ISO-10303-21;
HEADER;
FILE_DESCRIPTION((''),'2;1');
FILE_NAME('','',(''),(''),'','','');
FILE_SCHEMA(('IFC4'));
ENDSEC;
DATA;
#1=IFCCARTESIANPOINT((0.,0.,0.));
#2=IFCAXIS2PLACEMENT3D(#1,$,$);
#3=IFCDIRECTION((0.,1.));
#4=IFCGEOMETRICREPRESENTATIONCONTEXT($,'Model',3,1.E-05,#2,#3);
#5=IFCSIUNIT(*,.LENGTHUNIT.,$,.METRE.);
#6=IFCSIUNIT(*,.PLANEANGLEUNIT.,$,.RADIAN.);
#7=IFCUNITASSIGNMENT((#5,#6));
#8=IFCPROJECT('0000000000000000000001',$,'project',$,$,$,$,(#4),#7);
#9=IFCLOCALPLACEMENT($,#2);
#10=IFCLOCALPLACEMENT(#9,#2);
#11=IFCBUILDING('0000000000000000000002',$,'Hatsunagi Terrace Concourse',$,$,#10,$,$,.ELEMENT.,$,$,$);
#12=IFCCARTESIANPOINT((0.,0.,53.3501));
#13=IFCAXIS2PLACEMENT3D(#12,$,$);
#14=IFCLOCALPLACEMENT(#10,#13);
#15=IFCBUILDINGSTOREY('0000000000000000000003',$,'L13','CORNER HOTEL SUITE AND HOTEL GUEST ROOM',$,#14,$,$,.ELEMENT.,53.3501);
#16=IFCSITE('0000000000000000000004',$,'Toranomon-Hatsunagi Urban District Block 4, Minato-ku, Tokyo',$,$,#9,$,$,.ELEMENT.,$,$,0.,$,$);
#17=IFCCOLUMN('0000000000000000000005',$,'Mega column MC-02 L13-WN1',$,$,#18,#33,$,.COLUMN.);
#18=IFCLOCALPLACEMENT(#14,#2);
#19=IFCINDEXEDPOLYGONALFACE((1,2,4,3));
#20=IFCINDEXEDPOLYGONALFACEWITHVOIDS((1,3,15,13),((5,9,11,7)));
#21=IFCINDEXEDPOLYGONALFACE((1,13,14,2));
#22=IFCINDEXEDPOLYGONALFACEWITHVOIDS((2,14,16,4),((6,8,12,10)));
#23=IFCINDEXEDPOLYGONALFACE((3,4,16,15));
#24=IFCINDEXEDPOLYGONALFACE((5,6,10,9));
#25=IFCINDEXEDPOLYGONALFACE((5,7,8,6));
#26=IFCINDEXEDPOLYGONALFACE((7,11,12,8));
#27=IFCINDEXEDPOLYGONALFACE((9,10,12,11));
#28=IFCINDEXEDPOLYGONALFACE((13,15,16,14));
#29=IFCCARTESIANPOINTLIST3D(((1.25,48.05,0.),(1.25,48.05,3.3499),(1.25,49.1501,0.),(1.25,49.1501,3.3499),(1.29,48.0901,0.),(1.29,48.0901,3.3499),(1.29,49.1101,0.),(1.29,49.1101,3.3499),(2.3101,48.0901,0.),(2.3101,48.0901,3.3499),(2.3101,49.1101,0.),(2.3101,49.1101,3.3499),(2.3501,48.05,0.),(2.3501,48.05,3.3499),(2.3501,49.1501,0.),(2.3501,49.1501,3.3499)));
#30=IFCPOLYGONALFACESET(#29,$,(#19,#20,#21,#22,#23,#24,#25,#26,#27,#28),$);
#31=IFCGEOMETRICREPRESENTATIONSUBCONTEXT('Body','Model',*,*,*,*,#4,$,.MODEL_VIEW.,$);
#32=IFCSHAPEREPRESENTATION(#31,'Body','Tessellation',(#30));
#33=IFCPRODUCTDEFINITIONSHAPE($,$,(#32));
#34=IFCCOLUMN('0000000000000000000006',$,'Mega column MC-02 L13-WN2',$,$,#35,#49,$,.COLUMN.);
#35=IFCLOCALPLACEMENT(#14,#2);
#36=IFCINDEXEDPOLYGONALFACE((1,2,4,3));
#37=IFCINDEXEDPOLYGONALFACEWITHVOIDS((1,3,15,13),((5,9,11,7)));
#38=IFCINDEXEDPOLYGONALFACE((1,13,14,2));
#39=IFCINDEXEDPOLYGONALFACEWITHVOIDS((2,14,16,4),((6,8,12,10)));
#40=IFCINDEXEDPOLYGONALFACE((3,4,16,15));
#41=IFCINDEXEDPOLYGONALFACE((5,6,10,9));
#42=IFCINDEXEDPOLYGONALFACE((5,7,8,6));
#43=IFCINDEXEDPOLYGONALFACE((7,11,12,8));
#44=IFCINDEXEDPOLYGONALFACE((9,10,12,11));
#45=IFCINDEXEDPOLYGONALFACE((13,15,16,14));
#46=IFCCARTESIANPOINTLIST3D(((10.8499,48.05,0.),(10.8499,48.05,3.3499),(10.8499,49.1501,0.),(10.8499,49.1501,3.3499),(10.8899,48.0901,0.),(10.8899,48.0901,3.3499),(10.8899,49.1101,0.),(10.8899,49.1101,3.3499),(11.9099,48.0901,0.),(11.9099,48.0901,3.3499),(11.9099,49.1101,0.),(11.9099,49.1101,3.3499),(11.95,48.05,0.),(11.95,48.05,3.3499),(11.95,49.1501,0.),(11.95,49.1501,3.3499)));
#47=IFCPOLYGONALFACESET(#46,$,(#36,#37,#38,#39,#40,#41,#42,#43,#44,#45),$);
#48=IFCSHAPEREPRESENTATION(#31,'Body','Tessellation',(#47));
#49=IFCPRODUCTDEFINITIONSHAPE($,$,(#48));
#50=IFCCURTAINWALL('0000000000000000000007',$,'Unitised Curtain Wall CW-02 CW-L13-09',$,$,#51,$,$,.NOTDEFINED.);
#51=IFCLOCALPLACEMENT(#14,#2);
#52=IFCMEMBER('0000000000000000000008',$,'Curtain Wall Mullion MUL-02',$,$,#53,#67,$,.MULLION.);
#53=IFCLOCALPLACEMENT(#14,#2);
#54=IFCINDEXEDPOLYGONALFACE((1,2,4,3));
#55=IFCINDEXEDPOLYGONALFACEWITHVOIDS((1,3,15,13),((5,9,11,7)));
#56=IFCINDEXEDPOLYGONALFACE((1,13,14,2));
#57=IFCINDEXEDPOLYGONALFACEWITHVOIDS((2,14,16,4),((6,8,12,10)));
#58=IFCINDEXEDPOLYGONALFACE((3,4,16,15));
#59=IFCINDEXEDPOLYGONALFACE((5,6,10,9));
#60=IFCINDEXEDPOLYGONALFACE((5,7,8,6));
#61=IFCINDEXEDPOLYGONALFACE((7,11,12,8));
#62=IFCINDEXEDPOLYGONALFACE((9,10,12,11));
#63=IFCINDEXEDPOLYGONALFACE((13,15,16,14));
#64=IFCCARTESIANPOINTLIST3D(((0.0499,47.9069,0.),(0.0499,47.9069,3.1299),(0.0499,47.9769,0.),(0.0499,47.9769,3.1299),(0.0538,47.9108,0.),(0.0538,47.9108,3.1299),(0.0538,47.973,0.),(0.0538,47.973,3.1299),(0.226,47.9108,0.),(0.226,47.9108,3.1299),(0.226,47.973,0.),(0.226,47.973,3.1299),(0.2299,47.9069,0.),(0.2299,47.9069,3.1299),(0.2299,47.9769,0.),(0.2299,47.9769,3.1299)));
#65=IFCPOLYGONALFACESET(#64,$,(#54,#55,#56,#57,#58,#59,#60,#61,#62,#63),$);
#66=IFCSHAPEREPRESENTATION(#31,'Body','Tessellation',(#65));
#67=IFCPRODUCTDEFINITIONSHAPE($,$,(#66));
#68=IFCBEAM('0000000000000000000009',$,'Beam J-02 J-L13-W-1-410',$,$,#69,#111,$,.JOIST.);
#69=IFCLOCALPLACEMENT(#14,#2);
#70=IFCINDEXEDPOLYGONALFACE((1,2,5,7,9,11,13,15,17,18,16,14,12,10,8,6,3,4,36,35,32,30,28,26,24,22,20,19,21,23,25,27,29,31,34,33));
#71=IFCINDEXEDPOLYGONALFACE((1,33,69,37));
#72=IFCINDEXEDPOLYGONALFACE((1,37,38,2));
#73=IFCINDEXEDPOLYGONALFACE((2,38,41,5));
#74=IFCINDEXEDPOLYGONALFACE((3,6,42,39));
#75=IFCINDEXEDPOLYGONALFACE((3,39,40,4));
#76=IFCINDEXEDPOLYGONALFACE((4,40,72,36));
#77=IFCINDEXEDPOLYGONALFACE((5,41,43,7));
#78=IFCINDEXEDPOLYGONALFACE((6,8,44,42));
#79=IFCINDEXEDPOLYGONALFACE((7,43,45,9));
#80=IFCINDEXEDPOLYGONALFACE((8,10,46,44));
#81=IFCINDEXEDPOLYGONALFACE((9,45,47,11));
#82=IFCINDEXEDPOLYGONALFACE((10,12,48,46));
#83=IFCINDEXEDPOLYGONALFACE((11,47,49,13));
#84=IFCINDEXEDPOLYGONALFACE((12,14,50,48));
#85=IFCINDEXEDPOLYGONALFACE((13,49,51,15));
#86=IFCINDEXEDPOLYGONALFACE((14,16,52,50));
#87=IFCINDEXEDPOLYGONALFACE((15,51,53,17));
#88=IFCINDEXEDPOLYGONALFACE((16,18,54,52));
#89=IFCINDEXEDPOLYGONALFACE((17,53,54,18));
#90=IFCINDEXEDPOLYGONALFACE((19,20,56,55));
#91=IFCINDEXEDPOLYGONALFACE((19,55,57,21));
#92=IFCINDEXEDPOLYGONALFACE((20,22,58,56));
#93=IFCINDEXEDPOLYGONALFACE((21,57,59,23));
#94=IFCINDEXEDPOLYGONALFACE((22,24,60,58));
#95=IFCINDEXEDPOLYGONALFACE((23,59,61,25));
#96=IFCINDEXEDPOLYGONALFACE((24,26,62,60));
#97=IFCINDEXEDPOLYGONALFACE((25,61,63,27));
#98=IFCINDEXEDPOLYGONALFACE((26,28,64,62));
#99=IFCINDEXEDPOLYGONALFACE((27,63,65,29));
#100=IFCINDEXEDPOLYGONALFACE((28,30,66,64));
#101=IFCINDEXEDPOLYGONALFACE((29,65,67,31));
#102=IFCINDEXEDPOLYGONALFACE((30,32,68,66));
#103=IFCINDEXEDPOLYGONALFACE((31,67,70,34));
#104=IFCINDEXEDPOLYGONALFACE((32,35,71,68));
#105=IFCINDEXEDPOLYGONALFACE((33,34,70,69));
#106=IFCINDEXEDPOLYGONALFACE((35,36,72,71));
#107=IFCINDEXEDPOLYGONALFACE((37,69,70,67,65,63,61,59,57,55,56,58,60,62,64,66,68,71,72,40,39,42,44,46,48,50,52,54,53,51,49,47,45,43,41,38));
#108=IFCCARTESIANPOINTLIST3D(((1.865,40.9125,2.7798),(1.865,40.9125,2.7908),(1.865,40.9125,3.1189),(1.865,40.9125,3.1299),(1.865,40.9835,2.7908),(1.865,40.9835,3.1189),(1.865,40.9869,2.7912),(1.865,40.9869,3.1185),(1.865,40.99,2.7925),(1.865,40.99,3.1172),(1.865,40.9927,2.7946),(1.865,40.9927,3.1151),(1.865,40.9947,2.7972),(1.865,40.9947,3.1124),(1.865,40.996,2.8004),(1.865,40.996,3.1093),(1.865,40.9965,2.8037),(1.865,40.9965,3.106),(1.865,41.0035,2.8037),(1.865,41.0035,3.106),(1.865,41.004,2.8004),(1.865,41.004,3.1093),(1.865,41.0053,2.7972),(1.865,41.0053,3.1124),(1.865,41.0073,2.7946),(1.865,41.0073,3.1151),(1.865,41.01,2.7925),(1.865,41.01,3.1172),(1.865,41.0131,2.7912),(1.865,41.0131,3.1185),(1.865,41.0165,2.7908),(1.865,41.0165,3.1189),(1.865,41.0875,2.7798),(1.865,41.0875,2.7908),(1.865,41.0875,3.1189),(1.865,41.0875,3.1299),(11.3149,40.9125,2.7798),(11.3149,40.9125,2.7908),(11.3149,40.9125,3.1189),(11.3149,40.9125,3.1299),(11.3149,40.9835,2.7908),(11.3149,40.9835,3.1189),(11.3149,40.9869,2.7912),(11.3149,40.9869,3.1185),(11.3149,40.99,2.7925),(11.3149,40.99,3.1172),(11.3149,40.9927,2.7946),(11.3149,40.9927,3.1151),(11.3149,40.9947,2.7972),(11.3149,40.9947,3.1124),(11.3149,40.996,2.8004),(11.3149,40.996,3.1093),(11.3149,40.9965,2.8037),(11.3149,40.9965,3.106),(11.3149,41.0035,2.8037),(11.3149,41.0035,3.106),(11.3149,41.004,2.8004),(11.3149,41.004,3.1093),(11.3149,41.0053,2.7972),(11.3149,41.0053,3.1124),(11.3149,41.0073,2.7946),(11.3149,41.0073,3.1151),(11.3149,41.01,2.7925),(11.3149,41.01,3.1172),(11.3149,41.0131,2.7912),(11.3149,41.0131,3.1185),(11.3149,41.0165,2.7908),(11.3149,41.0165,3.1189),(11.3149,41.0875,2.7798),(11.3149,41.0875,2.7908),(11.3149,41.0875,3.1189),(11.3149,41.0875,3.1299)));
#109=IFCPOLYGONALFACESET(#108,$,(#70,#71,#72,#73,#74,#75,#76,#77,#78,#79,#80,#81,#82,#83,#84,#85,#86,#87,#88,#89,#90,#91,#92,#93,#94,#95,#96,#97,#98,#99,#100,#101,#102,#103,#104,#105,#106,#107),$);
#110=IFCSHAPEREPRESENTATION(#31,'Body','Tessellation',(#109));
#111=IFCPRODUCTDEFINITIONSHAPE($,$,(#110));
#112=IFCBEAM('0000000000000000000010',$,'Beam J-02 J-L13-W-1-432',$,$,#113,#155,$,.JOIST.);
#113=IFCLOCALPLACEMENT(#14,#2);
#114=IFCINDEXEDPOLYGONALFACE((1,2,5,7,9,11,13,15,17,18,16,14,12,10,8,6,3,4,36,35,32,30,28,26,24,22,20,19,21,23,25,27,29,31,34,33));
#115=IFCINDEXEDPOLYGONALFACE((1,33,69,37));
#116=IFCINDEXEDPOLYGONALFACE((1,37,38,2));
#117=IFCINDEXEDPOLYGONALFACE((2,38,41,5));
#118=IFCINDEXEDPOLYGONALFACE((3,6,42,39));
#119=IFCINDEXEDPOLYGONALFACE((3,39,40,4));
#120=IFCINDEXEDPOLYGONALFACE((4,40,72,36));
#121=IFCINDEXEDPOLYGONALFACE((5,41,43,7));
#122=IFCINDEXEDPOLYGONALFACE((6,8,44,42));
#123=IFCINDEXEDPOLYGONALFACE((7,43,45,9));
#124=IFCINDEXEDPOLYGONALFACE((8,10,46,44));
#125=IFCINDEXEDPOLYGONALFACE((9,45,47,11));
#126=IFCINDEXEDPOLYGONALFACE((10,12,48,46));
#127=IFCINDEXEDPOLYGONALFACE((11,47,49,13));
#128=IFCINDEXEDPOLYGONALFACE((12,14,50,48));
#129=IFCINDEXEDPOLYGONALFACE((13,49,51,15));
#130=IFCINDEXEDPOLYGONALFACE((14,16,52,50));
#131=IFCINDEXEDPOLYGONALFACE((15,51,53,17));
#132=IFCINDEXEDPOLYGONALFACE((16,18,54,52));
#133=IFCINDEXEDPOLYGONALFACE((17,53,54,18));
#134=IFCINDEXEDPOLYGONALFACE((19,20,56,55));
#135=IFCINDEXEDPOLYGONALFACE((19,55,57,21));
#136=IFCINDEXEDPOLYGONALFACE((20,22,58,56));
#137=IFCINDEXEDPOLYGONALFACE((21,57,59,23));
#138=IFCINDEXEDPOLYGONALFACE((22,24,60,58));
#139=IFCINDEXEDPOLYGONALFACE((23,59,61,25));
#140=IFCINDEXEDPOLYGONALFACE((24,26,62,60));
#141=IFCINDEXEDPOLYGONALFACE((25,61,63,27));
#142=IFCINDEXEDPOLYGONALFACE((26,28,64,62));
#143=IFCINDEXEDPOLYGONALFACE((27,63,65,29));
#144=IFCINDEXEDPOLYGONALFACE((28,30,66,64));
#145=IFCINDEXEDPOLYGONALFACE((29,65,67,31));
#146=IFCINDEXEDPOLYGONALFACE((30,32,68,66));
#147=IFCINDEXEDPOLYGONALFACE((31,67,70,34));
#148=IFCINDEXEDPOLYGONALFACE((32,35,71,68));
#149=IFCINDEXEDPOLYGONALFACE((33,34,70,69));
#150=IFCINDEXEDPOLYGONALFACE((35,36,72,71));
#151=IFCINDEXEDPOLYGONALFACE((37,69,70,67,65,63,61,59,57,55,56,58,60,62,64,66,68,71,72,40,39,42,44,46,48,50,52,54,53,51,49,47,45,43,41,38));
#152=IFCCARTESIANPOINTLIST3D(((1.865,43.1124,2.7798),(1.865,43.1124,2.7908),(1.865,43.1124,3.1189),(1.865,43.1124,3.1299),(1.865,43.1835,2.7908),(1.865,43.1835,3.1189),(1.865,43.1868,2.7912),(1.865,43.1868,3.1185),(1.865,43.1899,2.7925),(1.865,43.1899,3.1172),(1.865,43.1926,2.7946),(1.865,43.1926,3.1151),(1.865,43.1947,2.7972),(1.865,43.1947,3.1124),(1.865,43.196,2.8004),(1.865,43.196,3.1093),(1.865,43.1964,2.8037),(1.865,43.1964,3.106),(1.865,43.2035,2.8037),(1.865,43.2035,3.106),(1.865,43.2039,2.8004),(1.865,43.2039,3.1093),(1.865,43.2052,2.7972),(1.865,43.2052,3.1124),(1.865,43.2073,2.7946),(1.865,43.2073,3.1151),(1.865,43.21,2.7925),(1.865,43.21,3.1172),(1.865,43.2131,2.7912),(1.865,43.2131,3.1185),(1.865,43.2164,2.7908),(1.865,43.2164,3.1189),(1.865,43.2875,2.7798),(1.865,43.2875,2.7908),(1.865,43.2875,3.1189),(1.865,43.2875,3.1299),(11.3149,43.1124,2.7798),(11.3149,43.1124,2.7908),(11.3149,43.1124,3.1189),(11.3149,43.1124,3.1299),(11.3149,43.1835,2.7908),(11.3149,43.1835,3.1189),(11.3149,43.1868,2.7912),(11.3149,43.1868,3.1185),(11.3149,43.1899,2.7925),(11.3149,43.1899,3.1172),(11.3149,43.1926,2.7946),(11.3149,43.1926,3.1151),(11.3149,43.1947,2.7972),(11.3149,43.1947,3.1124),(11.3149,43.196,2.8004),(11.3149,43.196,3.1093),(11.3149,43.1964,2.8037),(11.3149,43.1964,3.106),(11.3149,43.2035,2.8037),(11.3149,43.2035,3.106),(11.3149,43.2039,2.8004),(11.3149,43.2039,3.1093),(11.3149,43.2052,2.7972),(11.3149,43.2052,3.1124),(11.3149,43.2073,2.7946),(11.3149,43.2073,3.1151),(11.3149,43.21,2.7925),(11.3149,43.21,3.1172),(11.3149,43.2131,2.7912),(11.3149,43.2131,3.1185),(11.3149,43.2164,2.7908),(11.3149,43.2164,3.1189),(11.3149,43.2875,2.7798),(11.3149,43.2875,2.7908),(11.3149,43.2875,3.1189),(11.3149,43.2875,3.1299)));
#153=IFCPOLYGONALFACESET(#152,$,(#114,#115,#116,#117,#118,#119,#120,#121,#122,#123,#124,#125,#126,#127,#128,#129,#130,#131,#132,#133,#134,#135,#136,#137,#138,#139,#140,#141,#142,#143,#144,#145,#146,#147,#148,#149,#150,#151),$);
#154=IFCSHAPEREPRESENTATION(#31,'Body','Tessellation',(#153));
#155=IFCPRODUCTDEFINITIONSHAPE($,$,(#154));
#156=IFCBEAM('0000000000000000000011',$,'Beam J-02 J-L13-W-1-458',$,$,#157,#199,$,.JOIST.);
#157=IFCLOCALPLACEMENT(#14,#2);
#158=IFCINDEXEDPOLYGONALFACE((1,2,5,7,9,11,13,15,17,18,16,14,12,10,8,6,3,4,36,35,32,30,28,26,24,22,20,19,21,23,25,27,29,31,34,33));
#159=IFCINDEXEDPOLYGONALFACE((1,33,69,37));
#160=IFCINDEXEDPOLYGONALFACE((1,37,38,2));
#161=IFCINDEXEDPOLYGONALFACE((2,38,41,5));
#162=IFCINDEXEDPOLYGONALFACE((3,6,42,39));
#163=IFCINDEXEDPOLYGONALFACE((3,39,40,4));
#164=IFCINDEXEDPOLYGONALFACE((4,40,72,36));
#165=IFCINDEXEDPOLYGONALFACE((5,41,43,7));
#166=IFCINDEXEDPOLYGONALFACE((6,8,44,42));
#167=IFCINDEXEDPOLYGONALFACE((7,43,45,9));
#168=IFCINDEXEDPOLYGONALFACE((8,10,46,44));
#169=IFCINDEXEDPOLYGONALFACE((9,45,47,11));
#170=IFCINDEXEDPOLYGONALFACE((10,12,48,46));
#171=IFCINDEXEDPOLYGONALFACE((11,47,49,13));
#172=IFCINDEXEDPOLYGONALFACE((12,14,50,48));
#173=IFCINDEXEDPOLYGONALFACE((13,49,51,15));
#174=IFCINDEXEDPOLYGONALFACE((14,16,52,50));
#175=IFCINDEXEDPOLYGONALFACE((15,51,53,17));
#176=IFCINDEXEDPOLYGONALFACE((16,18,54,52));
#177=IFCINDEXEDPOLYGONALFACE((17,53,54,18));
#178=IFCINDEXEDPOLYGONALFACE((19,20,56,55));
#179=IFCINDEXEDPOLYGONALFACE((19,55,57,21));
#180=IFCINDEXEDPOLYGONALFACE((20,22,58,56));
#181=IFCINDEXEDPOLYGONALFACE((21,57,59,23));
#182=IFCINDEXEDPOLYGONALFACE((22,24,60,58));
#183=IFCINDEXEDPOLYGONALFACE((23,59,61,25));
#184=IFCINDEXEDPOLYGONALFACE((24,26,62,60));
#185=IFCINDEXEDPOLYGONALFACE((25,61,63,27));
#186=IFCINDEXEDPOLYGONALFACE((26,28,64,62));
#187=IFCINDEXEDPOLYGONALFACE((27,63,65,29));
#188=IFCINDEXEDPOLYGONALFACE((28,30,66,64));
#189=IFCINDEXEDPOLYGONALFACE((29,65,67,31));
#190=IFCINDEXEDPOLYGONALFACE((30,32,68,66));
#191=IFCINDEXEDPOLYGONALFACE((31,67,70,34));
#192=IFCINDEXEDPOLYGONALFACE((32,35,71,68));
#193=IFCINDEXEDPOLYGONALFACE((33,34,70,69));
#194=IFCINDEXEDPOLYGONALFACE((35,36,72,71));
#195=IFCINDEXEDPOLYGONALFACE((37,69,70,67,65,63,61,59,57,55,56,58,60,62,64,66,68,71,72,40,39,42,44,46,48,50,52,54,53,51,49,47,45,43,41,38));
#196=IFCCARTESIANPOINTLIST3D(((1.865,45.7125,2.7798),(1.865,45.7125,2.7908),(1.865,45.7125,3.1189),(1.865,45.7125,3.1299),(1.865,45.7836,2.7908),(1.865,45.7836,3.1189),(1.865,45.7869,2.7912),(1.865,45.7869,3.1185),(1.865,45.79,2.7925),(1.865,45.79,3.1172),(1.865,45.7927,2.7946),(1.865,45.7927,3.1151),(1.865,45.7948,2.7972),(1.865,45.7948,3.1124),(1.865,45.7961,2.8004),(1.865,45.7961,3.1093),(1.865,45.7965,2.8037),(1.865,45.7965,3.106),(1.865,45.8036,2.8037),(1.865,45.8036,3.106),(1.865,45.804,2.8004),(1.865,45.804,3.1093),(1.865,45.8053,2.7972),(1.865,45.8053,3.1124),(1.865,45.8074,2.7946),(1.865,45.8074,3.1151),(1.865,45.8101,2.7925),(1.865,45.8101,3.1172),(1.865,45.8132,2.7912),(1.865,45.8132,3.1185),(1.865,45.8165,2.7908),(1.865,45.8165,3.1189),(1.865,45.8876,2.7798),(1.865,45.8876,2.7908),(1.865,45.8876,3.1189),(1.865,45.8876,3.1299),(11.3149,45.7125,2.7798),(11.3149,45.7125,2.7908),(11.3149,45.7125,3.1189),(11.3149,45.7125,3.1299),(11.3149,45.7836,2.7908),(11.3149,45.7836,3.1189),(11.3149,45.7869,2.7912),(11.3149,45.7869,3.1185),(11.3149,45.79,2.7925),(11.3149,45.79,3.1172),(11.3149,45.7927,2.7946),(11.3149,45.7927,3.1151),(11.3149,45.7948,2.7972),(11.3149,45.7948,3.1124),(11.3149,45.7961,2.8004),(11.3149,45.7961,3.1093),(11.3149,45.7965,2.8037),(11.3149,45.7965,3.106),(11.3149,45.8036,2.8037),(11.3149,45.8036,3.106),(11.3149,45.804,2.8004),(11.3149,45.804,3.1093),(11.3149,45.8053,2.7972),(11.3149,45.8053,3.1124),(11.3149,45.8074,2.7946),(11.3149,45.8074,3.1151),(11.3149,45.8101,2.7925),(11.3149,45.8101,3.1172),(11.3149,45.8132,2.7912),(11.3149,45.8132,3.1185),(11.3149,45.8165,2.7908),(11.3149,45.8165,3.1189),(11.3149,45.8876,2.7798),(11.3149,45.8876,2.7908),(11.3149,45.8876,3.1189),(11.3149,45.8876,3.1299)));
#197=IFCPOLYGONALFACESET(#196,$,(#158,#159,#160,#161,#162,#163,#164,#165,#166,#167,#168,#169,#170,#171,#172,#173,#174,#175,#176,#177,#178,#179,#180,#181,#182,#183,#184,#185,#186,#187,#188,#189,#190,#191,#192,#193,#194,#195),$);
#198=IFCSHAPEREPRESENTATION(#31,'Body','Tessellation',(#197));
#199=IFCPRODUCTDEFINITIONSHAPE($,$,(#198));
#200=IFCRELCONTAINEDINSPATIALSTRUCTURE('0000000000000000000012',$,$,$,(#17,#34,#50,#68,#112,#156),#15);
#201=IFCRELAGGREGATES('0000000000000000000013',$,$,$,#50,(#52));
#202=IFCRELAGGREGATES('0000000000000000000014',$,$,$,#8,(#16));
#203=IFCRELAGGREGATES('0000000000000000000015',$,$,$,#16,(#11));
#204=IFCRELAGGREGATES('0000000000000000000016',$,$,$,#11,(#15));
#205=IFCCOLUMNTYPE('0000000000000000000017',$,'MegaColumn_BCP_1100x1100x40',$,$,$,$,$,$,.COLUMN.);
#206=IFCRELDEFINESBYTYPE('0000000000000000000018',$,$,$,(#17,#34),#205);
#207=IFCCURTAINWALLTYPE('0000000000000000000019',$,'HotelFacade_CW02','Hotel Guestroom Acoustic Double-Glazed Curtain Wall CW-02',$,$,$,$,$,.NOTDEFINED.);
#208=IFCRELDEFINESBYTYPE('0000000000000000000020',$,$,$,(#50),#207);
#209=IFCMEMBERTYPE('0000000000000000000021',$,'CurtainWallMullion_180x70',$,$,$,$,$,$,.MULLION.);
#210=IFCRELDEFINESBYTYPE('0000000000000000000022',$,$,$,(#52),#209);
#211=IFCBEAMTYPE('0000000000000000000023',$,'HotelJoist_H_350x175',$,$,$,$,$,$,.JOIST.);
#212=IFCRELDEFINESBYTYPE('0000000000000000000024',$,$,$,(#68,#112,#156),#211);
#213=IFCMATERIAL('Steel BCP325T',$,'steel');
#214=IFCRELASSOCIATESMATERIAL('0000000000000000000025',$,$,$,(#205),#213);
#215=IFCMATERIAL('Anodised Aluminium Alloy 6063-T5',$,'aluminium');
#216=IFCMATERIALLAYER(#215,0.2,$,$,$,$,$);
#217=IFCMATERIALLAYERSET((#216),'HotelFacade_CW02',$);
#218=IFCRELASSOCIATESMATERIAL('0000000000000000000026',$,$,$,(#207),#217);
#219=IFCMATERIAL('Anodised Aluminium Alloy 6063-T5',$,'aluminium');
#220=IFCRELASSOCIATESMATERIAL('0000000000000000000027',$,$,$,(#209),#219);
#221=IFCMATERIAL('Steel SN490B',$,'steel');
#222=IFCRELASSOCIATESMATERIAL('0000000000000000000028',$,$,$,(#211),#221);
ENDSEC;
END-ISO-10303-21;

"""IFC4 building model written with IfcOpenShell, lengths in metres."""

from ifc_helpers import new_model, si_unit, direction, frame, origin, origin_2d, place, context, subcontext, project, spatial, hollow_rectangle, i_section, extrude, material, layer, layer_set, material_profile, profile_set, type_object, element, aggregate, save


model = new_model("IFC4")

# Units and contexts
model_context = context("Model", 3, precision=1e-05, world=origin(), true_north=direction((0.0, 1.0)))
body_context = subcontext(model_context, "Body", "Model", "MODEL_VIEW")
ifc_project = project(units=[si_unit("LENGTHUNIT", "METRE"), si_unit("PLANEANGLEUNIT", "RADIAN")], contexts=[model_context])

# Site, building, storey
site_placement = place(None, origin())
site = spatial("IfcSite", under=ifc_project, at=site_placement, Name="Toranomon-Hatsunagi Urban District Block 4, Minato-ku, Tokyo", CompositionType="ELEMENT", RefElevation=0.0)
building_placement = place(site_placement, origin())
building = spatial("IfcBuilding", under=site, at=building_placement, Name="Hatsunagi Terrace Concourse", CompositionType="ELEMENT")
storey_placement = place(building_placement, frame((0.0, 0.0, 53.3501)))
storey = spatial("IfcBuildingStorey", under=building, at=storey_placement, Name="L13", Description="CORNER HOTEL SUITE AND HOTEL GUEST ROOM", CompositionType="ELEMENT", Elevation=53.3501)

# Columns
ifc_material_1 = material(Name="Steel BCP325T", Category="steel")
ifc_material_profile_1 = material_profile(ifc_material_1, hollow_rectangle(XDim=1.1001, YDim=1.1001, WallThickness=0.04, at=origin_2d()), Name="BCP-1100x1100x40")
ifc_profile_set_1 = profile_set([ifc_material_profile_1], Name="Steel BCP325T")
column_type = type_object("IfcColumnType", Name="MegaColumn_BCP_1100x1100x40", PredefinedType="COLUMN", material=ifc_profile_set_1)
for number, where, z_axis, x_axis, name in (
    (1, (1.8, 48.6001, 0.0), (0.0, 0.0, 1.0), (1.0, 0.0, 0.0), "Mega column MC-02 L13-WN1"),
    (2, (11.3999, 48.6001, 0.0), (0.0, 0.0, 1.0), (1.0, 0.0, 0.0), "Mega column MC-02 L13-WN2"),
):
    element("IfcColumn", number, at=place(storey_placement, frame(where, z_axis=z_axis, x_axis=x_axis)), inside=storey, type_object=column_type, Name=name, PredefinedType="COLUMN", context=body_context, shape_type="SweptSolid", body=[
        extrude(hollow_rectangle(XDim=1.1001, YDim=1.1001, WallThickness=0.04, at=origin_2d()), origin(), (0.0, 0.0, 1.0), 3.3499),
    ])

# Curtain wall, member
ifc_material_2 = material(Name="Anodised Aluminium Alloy 6063-T5", Category="aluminium")
ifc_layer_1 = layer(ifc_material_2, 0.2)
ifc_layer_set_1 = layer_set([ifc_layer_1], Name="HotelFacade_CW02")
curtain_wall_type = type_object("IfcCurtainWallType", Name="HotelFacade_CW02", Description="Hotel Guestroom Acoustic Double-Glazed Curtain Wall CW-02", PredefinedType="NOTDEFINED", material=ifc_layer_set_1)
curtain_wall_placement = place(storey_placement, origin())
curtain_wall = element("IfcCurtainWall", 3, at=curtain_wall_placement, inside=storey, type_object=curtain_wall_type, Name="Unitised Curtain Wall CW-02 CW-L13-09", PredefinedType="NOTDEFINED")
ifc_material_3 = material(Name="Anodised Aluminium Alloy 6063-T5", Category="aluminium")
ifc_material_profile_2 = material_profile(ifc_material_3, hollow_rectangle(XDim=0.0701, YDim=0.1799, WallThickness=0.0039, at=origin_2d()), Name="ALU-MUL-180x70x4")
ifc_profile_set_2 = profile_set([ifc_material_profile_2], Name="Anodised Aluminium Alloy 6063-T5")
member_type = type_object("IfcMemberType", Name="CurtainWallMullion_180x70", PredefinedType="MULLION", material=ifc_profile_set_2)
member_placement = place(storey_placement, frame((0.1399, 47.9419, 0.0), z_axis=(0.0, 0.0, 1.0), x_axis=(0.0, 1.0, 0.0)))
member = element("IfcMember", 4, at=member_placement, type_object=member_type, Name="Curtain Wall Mullion MUL-02", PredefinedType="MULLION", context=body_context, shape_type="SweptSolid", body=[
    extrude(hollow_rectangle(XDim=0.0701, YDim=0.1799, WallThickness=0.0039, at=origin_2d()), origin(), (0.0, 0.0, 1.0), 3.1299),
])

# Beams
ifc_material_4 = material(Name="Steel SN490B", Category="steel")
ifc_material_profile_3 = material_profile(ifc_material_4, i_section(OverallWidth=0.175, OverallDepth=0.3501, WebThickness=0.0071, FlangeThickness=0.011, FilletRadius=0.0129, at=origin_2d()), Name="H-350x175x7x11")
ifc_profile_set_3 = profile_set([ifc_material_profile_3], Name="Steel SN490B")
beam_type_1 = type_object("IfcBeamType", Name="HotelJoist_H_350x175", PredefinedType="JOIST", material=ifc_profile_set_3)
for number, where, z_axis, x_axis, name in (
    (5, (1.865, 41.0, 2.9548), (1.0, 0.0, 0.0), (0.0, 1.0, 0.0), "Beam J-02 J-L13-W-1-410"),
    (6, (1.865, 43.2, 2.9548), (1.0, 0.0, 0.0), (0.0, 1.0, 0.0), "Beam J-02 J-L13-W-1-432"),
    (7, (1.865, 45.8, 2.9548), (1.0, 0.0, 0.0), (0.0, 1.0, 0.0), "Beam J-02 J-L13-W-1-458"),
):
    element("IfcBeam", number, at=place(storey_placement, frame(where, z_axis=z_axis, x_axis=x_axis)), inside=storey, type_object=beam_type_1, Name=name, PredefinedType="JOIST", context=body_context, shape_type="SweptSolid", body=[
        extrude(i_section(OverallWidth=0.175, OverallDepth=0.3501, WebThickness=0.0071, FlangeThickness=0.011, FilletRadius=0.0129, at=origin_2d()), origin(), (0.0, 0.0, 1.0), 9.45),
    ])

aggregate(curtain_wall, [member])

save(model, "model.ifc")
